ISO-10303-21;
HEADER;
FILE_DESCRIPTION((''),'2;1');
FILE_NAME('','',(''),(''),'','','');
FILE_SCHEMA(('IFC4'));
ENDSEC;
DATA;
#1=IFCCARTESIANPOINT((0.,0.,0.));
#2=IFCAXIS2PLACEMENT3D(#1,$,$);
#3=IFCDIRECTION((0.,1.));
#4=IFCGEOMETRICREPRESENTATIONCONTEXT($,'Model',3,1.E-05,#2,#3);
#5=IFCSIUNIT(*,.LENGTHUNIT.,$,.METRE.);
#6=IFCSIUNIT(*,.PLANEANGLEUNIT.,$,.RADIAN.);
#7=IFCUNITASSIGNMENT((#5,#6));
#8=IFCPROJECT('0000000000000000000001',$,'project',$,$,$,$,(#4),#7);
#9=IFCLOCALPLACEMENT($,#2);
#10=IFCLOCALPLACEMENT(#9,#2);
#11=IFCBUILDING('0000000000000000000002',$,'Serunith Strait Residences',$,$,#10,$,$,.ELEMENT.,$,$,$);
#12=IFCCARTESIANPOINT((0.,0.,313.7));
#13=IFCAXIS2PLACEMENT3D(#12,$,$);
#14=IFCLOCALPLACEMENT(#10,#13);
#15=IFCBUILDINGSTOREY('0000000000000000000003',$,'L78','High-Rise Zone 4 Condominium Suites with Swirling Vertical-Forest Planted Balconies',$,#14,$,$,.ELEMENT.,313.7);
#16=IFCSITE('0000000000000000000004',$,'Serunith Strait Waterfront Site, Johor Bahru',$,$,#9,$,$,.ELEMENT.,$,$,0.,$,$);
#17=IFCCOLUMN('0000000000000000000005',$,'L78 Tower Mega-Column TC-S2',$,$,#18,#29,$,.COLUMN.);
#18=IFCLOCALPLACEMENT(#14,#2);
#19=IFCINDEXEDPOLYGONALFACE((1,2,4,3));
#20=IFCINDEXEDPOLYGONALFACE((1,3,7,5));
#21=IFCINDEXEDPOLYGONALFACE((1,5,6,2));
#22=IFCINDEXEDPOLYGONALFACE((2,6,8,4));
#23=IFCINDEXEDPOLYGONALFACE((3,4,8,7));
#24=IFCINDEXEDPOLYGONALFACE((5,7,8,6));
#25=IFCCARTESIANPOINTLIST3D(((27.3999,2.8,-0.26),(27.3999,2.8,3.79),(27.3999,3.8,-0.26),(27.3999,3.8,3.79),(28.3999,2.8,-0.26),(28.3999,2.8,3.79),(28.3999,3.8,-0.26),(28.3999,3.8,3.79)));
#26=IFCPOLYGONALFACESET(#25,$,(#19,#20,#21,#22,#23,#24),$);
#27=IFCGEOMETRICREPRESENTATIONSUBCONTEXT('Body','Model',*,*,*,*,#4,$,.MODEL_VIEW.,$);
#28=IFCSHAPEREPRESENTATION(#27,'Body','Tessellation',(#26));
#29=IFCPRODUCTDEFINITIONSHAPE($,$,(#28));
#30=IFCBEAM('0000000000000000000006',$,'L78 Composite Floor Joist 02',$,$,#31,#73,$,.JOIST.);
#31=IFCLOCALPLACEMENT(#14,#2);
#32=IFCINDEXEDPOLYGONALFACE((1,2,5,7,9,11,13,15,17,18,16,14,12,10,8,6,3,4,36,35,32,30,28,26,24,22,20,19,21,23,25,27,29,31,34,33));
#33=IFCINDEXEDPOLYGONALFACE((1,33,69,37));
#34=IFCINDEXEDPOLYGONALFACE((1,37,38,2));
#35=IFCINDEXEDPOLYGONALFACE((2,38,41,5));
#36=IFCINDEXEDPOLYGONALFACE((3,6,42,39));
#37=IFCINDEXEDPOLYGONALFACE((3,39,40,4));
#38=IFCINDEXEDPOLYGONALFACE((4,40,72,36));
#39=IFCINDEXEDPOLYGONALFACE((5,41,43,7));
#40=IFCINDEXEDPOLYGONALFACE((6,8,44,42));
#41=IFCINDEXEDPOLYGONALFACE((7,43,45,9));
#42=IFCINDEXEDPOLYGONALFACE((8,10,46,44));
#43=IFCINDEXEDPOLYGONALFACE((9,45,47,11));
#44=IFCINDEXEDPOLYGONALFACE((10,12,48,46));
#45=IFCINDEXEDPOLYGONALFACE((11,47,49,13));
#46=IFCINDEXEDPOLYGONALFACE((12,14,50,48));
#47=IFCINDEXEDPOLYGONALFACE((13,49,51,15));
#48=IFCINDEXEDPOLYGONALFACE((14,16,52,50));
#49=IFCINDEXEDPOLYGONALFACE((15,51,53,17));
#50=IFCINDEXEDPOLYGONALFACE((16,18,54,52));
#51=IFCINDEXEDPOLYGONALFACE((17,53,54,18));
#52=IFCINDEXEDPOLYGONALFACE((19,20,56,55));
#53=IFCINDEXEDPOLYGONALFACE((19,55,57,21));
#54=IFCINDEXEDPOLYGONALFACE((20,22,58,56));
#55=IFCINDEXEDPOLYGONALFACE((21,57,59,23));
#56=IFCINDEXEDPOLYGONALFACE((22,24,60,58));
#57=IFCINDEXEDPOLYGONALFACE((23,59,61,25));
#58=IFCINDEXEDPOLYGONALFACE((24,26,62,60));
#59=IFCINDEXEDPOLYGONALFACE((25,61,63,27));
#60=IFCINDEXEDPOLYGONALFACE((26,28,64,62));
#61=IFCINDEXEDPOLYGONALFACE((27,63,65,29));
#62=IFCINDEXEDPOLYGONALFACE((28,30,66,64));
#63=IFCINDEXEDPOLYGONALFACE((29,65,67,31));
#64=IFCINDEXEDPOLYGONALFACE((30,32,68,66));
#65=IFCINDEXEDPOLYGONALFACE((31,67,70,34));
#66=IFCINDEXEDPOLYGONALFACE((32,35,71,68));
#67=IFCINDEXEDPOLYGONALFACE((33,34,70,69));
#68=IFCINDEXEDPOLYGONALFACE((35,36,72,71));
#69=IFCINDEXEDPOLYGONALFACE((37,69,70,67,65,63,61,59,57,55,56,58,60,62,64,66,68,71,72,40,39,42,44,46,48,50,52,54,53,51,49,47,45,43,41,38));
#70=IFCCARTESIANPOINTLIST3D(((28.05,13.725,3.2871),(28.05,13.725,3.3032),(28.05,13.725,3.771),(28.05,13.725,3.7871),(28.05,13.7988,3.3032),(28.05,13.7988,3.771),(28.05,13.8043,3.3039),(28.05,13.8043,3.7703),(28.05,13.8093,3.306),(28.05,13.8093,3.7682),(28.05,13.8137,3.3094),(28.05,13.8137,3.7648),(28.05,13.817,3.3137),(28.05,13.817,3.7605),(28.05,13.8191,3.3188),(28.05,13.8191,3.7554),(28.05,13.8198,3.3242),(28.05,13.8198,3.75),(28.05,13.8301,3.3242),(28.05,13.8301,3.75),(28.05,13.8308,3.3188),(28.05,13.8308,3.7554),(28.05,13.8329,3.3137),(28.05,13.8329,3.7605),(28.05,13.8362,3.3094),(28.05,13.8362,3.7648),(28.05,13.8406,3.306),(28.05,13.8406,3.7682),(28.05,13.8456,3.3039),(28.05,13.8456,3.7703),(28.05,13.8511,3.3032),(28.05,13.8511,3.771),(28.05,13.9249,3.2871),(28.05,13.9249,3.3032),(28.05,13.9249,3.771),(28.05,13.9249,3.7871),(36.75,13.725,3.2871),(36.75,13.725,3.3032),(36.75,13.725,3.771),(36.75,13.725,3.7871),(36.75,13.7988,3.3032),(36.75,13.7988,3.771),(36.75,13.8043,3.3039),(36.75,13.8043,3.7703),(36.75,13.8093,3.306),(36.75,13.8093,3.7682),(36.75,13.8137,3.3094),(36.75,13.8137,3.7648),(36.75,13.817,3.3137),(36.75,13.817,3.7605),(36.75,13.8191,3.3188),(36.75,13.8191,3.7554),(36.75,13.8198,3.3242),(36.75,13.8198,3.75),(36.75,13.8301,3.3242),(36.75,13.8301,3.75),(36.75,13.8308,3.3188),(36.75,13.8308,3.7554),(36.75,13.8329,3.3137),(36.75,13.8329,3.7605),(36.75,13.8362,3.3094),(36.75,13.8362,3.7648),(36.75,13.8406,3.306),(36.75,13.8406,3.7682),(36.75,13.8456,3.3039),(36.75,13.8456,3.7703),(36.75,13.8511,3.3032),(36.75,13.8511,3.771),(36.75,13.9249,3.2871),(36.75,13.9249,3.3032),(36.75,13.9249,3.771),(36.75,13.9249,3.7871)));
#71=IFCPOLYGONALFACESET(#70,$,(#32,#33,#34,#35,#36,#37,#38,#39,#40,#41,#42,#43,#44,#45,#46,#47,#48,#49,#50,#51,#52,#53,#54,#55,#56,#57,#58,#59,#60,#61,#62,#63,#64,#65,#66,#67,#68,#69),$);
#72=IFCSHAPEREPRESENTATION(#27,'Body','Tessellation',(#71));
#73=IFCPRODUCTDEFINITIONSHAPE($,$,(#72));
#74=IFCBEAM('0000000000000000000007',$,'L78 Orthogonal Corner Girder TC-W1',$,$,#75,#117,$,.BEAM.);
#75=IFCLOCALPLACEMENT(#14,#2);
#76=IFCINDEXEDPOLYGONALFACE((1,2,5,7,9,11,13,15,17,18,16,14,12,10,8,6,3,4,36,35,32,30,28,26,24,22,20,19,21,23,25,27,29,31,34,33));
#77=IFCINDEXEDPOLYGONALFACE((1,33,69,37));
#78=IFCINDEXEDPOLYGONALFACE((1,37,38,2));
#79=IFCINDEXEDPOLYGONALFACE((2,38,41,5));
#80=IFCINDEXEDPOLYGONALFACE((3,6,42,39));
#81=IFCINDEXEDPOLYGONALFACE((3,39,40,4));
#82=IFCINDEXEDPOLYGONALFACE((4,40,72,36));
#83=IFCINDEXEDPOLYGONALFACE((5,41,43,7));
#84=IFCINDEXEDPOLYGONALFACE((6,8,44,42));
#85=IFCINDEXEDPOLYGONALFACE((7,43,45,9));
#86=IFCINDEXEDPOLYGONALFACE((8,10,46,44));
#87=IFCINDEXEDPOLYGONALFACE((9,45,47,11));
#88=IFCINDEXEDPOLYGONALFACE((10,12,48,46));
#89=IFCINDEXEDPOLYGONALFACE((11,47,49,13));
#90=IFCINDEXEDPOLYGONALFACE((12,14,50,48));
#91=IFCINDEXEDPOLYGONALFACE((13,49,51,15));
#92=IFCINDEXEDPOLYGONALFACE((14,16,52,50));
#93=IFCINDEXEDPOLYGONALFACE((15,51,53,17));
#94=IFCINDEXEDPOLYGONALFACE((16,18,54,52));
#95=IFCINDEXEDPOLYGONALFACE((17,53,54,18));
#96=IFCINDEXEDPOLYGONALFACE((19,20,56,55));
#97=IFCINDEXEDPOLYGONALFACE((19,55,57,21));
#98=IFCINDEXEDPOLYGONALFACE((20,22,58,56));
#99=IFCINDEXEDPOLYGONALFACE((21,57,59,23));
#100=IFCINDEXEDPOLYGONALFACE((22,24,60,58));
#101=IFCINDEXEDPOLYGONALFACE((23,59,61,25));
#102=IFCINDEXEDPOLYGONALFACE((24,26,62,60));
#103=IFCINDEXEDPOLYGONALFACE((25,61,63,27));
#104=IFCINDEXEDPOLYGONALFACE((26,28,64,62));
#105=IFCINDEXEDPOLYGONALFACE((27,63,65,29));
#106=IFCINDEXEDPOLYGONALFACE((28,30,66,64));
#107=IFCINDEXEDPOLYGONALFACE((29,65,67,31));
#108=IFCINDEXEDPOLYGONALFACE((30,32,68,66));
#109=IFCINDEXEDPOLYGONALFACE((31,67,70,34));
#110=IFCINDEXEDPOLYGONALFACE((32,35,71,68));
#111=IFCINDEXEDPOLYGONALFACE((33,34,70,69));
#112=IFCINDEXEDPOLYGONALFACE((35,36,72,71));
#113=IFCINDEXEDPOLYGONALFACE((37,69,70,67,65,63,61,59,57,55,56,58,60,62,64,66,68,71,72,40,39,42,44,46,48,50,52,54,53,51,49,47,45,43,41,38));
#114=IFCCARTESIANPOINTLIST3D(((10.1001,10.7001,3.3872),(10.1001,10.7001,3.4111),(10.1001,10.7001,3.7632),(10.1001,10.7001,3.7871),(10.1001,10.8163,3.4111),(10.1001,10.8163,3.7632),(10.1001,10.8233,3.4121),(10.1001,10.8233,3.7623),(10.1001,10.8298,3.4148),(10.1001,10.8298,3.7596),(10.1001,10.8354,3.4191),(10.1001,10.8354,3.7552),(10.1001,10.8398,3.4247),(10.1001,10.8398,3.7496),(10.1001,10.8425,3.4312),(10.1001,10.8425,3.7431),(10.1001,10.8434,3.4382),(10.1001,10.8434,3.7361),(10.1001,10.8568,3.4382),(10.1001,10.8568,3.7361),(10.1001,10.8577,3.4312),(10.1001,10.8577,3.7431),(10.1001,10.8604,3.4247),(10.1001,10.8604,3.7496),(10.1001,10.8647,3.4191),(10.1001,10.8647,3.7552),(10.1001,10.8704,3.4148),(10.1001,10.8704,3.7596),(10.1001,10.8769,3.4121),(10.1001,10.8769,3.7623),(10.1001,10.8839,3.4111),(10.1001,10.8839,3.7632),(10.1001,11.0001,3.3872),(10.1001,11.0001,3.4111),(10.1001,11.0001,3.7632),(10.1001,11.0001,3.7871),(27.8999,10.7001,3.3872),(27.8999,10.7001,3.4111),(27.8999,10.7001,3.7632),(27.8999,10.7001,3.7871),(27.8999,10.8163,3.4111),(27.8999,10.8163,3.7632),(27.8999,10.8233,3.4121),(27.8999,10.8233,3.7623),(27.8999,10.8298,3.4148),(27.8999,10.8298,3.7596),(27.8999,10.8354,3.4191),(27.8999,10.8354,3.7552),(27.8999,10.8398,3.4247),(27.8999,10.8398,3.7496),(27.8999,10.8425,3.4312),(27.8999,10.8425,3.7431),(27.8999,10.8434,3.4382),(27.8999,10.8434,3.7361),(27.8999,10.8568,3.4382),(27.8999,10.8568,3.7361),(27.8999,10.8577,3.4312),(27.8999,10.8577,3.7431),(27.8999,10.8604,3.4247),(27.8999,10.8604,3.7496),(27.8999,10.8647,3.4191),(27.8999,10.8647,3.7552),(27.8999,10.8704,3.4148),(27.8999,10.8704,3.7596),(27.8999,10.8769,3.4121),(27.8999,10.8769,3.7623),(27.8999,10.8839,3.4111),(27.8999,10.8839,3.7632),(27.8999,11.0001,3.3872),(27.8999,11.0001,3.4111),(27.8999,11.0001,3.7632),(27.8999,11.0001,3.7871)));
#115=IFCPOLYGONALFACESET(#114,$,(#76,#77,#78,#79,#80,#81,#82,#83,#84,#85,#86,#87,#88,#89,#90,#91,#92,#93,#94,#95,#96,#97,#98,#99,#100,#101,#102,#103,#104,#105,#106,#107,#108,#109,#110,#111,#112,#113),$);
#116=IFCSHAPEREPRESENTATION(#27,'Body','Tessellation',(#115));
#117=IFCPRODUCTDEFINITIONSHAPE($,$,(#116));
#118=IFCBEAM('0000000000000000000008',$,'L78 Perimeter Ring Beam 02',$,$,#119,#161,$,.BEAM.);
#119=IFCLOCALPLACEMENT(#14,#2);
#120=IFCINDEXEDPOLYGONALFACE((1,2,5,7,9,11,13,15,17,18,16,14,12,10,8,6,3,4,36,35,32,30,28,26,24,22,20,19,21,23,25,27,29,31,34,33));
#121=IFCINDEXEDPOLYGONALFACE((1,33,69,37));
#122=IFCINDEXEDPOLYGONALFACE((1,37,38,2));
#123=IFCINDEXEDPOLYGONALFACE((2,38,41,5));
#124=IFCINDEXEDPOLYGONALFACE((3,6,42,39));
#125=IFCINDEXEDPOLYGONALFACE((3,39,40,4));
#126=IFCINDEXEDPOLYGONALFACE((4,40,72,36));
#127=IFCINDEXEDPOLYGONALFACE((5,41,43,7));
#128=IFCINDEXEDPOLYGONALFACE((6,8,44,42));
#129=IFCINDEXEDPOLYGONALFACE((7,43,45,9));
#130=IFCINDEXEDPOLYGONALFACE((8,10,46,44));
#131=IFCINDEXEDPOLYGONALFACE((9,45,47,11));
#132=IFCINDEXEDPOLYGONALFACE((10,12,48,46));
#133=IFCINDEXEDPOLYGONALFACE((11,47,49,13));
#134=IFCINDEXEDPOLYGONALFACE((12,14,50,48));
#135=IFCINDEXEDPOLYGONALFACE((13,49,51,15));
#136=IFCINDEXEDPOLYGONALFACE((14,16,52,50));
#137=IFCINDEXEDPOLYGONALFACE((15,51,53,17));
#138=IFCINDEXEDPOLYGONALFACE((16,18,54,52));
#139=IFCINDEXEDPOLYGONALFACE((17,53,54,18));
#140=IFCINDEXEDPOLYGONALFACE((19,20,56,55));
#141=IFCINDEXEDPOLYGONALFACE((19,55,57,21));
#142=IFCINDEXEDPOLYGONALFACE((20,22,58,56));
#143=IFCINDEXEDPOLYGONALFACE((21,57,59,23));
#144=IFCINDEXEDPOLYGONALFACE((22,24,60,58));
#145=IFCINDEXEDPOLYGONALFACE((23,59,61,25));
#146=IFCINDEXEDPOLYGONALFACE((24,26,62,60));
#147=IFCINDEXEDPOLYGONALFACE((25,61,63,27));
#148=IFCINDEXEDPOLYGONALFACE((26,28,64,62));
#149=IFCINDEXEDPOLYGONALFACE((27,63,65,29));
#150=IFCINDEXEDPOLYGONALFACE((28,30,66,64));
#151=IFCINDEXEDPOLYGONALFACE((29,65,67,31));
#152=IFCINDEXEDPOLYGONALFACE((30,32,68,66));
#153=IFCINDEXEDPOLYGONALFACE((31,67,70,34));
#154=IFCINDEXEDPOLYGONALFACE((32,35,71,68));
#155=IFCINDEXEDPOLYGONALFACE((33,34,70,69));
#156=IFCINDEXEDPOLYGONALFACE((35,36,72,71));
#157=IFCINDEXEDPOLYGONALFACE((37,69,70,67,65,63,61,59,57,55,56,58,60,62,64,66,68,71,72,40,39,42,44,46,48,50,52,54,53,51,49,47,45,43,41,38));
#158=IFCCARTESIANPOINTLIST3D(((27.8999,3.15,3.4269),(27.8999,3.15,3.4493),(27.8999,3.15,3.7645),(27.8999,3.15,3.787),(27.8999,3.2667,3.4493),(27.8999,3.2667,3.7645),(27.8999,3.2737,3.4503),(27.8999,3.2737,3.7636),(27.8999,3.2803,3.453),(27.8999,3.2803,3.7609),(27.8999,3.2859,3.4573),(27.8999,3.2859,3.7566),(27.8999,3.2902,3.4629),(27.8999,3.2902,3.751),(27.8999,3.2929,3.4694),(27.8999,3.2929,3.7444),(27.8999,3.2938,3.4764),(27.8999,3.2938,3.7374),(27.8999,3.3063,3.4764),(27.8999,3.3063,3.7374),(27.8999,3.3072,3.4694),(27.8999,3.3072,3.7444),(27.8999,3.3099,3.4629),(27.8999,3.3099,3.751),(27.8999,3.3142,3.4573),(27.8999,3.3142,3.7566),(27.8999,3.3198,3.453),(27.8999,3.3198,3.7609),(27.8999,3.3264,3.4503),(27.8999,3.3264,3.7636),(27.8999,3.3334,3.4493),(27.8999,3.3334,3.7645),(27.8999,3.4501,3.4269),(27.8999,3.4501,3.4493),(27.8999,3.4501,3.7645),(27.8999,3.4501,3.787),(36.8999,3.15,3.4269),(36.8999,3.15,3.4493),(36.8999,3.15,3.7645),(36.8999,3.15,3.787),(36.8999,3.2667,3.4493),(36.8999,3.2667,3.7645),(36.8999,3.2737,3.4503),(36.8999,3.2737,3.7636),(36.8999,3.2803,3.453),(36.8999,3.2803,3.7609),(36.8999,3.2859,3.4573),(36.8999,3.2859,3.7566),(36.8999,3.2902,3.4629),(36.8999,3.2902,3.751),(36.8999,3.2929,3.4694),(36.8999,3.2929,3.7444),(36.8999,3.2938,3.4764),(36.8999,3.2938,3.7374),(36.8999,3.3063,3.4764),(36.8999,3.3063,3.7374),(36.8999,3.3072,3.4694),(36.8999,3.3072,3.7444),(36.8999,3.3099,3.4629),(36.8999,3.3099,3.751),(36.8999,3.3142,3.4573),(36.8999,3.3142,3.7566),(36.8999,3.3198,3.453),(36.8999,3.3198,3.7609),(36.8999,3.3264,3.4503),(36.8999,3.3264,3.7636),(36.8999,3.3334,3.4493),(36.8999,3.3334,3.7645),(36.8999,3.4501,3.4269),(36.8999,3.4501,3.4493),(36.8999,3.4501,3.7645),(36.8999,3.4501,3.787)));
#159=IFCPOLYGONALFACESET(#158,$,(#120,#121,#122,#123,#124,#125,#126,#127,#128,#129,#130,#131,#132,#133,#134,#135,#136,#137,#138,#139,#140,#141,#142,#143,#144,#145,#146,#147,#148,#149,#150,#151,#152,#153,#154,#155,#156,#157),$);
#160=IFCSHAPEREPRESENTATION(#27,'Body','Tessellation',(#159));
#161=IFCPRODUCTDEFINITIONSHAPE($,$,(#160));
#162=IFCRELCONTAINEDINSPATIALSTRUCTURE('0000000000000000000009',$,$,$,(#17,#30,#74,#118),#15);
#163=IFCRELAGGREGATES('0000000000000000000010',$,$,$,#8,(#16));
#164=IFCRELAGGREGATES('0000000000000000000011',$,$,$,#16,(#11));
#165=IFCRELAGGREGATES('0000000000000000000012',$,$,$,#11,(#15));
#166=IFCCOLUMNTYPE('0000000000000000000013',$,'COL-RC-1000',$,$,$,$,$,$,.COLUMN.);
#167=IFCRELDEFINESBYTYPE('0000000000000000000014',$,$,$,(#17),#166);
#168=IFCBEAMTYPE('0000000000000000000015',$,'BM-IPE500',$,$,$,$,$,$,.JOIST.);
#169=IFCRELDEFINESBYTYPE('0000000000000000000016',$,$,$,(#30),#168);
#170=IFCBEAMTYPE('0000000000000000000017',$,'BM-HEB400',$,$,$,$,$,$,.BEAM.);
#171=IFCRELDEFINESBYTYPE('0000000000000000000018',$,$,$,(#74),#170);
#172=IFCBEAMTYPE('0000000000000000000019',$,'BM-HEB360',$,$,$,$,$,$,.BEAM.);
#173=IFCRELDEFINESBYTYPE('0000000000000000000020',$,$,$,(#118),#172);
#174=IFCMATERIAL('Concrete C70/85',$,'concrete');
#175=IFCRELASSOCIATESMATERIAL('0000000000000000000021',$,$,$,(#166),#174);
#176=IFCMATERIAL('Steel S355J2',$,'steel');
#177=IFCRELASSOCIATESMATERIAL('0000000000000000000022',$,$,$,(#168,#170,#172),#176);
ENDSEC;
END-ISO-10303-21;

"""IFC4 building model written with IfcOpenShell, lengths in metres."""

from ifc_helpers import new_model, si_unit, direction, frame, origin, origin_2d, place, context, subcontext, project, spatial, rectangle, i_section, extrude, source, transform, mapped, material, material_profile, profile_set, type_object, element, save


model = new_model("IFC4")

# Units and contexts
model_context = context("Model", 3, precision=1e-05, world=origin(), true_north=direction((0.0, 1.0)))
body_context = subcontext(model_context, "Body", "Model", "MODEL_VIEW")
ifc_project = project(units=[si_unit("LENGTHUNIT", "METRE"), si_unit("PLANEANGLEUNIT", "RADIAN")], contexts=[model_context])

# Site, building, storey
site_placement = place(None, origin())
site = spatial("IfcSite", under=ifc_project, at=site_placement, Name="Serunith Strait Waterfront Site, Johor Bahru", CompositionType="ELEMENT", RefElevation=0.0)
building_placement = place(site_placement, origin())
building = spatial("IfcBuilding", under=site, at=building_placement, Name="Serunith Strait Residences", CompositionType="ELEMENT")
storey_placement = place(building_placement, frame((0.0, 0.0, 313.7)))
storey = spatial("IfcBuildingStorey", under=building, at=storey_placement, Name="L78", Description="High-Rise Zone 4 Condominium Suites with Swirling Vertical-Forest Planted Balconies", CompositionType="ELEMENT", Elevation=313.7)

# Column
ifc_material_1 = material(Name="Concrete C70/85", Category="concrete")
ifc_material_profile_1 = material_profile(ifc_material_1, rectangle(XDim=1.0, YDim=1.0, at=origin_2d()), Name="RC 1000x1000")
ifc_profile_set_1 = profile_set([ifc_material_profile_1], Name="Concrete C70/85")
column_type = type_object("IfcColumnType", Name="COL-RC-1000", PredefinedType="COLUMN", material=ifc_profile_set_1)
shared_shape_1 = source(origin(), body_context, "Body", "SweptSolid", [
    extrude(rectangle(XDim=1.0, YDim=1.0, at=origin_2d()), origin(), (0.0, 0.0, 1.0), 4.05),
])
column_placement = place(storey_placement, frame((27.8999, 3.3, -0.26), z_axis=(0.0, 0.0, 1.0), x_axis=(1.0, 0.0, 0.0)))
element("IfcColumn", 1, at=column_placement, inside=storey, type_object=column_type, Name="L78 Tower Mega-Column TC-S2", PredefinedType="COLUMN", context=body_context, shape_type="MappedRepresentation", body=[
    mapped(shared_shape_1, transform((0.0, 0.0, 0.0), scale=1.0)),
])

# Beams
ifc_material_2 = material(Name="Steel S355J2", Category="steel")
ifc_material_profile_2 = material_profile(ifc_material_2, i_section(OverallWidth=0.2, OverallDepth=0.5, WebThickness=0.0103, FlangeThickness=0.0161, FilletRadius=0.021, at=origin_2d()), Name="IPE 500")
ifc_profile_set_2 = profile_set([ifc_material_profile_2], Name="Steel S355J2")
beam_type_1 = type_object("IfcBeamType", Name="BM-IPE500", PredefinedType="JOIST", material=ifc_profile_set_2)
shared_shape_2 = source(origin(), body_context, "Body", "SweptSolid", [
    extrude(i_section(OverallWidth=0.2, OverallDepth=0.5, WebThickness=0.0103, FlangeThickness=0.0161, FilletRadius=0.021, at=origin_2d()), origin(), (0.0, 0.0, 1.0), 8.7),
])
beam_1_placement = place(storey_placement, frame((28.05, 13.825, 3.5371), z_axis=(1.0, 0.0, 0.0), x_axis=(0.0, 1.0, 0.0)))
element("IfcBeam", 2, at=beam_1_placement, inside=storey, type_object=beam_type_1, Name="L78 Composite Floor Joist 02", PredefinedType="JOIST", context=body_context, shape_type="MappedRepresentation", body=[
    mapped(shared_shape_2, transform((0.0, 0.0, 0.0), scale=1.0)),
])
ifc_material_profile_3 = material_profile(ifc_material_2, i_section(OverallWidth=0.3, OverallDepth=0.3999, WebThickness=0.0134, FlangeThickness=0.0239, FilletRadius=0.0271, at=origin_2d()), Name="HEB 400")
ifc_profile_set_3 = profile_set([ifc_material_profile_3], Name="Steel S355J2")
beam_type_2 = type_object("IfcBeamType", Name="BM-HEB400", PredefinedType="BEAM", material=ifc_profile_set_3)
shared_shape_3 = source(origin(), body_context, "Body", "SweptSolid", [
    extrude(i_section(OverallWidth=0.3, OverallDepth=0.3999, WebThickness=0.0134, FlangeThickness=0.0239, FilletRadius=0.0271, at=origin_2d()), origin(), (0.0, 0.0, 1.0), 17.7998),
])
beam_2_placement = place(storey_placement, frame((27.8999, 10.8501, 3.5872), z_axis=(-1.0, 0.0, 0.0), x_axis=(0.0, -1.0, 0.0)))
element("IfcBeam", 3, at=beam_2_placement, inside=storey, type_object=beam_type_2, Name="L78 Orthogonal Corner Girder TC-W1", PredefinedType="BEAM", context=body_context, shape_type="MappedRepresentation", body=[
    mapped(shared_shape_3, transform((0.0, 0.0, 0.0), scale=1.0)),
])
ifc_material_profile_4 = material_profile(ifc_material_2, i_section(OverallWidth=0.3, OverallDepth=0.3601, WebThickness=0.0125, FlangeThickness=0.0225, FilletRadius=0.0271, at=origin_2d()), Name="HEB 360")
ifc_profile_set_4 = profile_set([ifc_material_profile_4], Name="Steel S355J2")
beam_type_3 = type_object("IfcBeamType", Name="BM-HEB360", PredefinedType="BEAM", material=ifc_profile_set_4)
shared_shape_4 = source(origin(), body_context, "Body", "SweptSolid", [
    extrude(i_section(OverallWidth=0.3, OverallDepth=0.3601, WebThickness=0.0125, FlangeThickness=0.0225, FilletRadius=0.0271, at=origin_2d()), origin(), (0.0, 0.0, 1.0), 9.0),
])
beam_3_placement = place(storey_placement, frame((27.8999, 3.3, 3.6069), z_axis=(1.0, 0.0, 0.0), x_axis=(0.0, 1.0, 0.0)))
element("IfcBeam", 4, at=beam_3_placement, inside=storey, type_object=beam_type_3, Name="L78 Perimeter Ring Beam 02", PredefinedType="BEAM", context=body_context, shape_type="MappedRepresentation", body=[
    mapped(shared_shape_4, transform((0.0, 0.0, 0.0), scale=1.0)),
])

save(model, "model.ifc")
